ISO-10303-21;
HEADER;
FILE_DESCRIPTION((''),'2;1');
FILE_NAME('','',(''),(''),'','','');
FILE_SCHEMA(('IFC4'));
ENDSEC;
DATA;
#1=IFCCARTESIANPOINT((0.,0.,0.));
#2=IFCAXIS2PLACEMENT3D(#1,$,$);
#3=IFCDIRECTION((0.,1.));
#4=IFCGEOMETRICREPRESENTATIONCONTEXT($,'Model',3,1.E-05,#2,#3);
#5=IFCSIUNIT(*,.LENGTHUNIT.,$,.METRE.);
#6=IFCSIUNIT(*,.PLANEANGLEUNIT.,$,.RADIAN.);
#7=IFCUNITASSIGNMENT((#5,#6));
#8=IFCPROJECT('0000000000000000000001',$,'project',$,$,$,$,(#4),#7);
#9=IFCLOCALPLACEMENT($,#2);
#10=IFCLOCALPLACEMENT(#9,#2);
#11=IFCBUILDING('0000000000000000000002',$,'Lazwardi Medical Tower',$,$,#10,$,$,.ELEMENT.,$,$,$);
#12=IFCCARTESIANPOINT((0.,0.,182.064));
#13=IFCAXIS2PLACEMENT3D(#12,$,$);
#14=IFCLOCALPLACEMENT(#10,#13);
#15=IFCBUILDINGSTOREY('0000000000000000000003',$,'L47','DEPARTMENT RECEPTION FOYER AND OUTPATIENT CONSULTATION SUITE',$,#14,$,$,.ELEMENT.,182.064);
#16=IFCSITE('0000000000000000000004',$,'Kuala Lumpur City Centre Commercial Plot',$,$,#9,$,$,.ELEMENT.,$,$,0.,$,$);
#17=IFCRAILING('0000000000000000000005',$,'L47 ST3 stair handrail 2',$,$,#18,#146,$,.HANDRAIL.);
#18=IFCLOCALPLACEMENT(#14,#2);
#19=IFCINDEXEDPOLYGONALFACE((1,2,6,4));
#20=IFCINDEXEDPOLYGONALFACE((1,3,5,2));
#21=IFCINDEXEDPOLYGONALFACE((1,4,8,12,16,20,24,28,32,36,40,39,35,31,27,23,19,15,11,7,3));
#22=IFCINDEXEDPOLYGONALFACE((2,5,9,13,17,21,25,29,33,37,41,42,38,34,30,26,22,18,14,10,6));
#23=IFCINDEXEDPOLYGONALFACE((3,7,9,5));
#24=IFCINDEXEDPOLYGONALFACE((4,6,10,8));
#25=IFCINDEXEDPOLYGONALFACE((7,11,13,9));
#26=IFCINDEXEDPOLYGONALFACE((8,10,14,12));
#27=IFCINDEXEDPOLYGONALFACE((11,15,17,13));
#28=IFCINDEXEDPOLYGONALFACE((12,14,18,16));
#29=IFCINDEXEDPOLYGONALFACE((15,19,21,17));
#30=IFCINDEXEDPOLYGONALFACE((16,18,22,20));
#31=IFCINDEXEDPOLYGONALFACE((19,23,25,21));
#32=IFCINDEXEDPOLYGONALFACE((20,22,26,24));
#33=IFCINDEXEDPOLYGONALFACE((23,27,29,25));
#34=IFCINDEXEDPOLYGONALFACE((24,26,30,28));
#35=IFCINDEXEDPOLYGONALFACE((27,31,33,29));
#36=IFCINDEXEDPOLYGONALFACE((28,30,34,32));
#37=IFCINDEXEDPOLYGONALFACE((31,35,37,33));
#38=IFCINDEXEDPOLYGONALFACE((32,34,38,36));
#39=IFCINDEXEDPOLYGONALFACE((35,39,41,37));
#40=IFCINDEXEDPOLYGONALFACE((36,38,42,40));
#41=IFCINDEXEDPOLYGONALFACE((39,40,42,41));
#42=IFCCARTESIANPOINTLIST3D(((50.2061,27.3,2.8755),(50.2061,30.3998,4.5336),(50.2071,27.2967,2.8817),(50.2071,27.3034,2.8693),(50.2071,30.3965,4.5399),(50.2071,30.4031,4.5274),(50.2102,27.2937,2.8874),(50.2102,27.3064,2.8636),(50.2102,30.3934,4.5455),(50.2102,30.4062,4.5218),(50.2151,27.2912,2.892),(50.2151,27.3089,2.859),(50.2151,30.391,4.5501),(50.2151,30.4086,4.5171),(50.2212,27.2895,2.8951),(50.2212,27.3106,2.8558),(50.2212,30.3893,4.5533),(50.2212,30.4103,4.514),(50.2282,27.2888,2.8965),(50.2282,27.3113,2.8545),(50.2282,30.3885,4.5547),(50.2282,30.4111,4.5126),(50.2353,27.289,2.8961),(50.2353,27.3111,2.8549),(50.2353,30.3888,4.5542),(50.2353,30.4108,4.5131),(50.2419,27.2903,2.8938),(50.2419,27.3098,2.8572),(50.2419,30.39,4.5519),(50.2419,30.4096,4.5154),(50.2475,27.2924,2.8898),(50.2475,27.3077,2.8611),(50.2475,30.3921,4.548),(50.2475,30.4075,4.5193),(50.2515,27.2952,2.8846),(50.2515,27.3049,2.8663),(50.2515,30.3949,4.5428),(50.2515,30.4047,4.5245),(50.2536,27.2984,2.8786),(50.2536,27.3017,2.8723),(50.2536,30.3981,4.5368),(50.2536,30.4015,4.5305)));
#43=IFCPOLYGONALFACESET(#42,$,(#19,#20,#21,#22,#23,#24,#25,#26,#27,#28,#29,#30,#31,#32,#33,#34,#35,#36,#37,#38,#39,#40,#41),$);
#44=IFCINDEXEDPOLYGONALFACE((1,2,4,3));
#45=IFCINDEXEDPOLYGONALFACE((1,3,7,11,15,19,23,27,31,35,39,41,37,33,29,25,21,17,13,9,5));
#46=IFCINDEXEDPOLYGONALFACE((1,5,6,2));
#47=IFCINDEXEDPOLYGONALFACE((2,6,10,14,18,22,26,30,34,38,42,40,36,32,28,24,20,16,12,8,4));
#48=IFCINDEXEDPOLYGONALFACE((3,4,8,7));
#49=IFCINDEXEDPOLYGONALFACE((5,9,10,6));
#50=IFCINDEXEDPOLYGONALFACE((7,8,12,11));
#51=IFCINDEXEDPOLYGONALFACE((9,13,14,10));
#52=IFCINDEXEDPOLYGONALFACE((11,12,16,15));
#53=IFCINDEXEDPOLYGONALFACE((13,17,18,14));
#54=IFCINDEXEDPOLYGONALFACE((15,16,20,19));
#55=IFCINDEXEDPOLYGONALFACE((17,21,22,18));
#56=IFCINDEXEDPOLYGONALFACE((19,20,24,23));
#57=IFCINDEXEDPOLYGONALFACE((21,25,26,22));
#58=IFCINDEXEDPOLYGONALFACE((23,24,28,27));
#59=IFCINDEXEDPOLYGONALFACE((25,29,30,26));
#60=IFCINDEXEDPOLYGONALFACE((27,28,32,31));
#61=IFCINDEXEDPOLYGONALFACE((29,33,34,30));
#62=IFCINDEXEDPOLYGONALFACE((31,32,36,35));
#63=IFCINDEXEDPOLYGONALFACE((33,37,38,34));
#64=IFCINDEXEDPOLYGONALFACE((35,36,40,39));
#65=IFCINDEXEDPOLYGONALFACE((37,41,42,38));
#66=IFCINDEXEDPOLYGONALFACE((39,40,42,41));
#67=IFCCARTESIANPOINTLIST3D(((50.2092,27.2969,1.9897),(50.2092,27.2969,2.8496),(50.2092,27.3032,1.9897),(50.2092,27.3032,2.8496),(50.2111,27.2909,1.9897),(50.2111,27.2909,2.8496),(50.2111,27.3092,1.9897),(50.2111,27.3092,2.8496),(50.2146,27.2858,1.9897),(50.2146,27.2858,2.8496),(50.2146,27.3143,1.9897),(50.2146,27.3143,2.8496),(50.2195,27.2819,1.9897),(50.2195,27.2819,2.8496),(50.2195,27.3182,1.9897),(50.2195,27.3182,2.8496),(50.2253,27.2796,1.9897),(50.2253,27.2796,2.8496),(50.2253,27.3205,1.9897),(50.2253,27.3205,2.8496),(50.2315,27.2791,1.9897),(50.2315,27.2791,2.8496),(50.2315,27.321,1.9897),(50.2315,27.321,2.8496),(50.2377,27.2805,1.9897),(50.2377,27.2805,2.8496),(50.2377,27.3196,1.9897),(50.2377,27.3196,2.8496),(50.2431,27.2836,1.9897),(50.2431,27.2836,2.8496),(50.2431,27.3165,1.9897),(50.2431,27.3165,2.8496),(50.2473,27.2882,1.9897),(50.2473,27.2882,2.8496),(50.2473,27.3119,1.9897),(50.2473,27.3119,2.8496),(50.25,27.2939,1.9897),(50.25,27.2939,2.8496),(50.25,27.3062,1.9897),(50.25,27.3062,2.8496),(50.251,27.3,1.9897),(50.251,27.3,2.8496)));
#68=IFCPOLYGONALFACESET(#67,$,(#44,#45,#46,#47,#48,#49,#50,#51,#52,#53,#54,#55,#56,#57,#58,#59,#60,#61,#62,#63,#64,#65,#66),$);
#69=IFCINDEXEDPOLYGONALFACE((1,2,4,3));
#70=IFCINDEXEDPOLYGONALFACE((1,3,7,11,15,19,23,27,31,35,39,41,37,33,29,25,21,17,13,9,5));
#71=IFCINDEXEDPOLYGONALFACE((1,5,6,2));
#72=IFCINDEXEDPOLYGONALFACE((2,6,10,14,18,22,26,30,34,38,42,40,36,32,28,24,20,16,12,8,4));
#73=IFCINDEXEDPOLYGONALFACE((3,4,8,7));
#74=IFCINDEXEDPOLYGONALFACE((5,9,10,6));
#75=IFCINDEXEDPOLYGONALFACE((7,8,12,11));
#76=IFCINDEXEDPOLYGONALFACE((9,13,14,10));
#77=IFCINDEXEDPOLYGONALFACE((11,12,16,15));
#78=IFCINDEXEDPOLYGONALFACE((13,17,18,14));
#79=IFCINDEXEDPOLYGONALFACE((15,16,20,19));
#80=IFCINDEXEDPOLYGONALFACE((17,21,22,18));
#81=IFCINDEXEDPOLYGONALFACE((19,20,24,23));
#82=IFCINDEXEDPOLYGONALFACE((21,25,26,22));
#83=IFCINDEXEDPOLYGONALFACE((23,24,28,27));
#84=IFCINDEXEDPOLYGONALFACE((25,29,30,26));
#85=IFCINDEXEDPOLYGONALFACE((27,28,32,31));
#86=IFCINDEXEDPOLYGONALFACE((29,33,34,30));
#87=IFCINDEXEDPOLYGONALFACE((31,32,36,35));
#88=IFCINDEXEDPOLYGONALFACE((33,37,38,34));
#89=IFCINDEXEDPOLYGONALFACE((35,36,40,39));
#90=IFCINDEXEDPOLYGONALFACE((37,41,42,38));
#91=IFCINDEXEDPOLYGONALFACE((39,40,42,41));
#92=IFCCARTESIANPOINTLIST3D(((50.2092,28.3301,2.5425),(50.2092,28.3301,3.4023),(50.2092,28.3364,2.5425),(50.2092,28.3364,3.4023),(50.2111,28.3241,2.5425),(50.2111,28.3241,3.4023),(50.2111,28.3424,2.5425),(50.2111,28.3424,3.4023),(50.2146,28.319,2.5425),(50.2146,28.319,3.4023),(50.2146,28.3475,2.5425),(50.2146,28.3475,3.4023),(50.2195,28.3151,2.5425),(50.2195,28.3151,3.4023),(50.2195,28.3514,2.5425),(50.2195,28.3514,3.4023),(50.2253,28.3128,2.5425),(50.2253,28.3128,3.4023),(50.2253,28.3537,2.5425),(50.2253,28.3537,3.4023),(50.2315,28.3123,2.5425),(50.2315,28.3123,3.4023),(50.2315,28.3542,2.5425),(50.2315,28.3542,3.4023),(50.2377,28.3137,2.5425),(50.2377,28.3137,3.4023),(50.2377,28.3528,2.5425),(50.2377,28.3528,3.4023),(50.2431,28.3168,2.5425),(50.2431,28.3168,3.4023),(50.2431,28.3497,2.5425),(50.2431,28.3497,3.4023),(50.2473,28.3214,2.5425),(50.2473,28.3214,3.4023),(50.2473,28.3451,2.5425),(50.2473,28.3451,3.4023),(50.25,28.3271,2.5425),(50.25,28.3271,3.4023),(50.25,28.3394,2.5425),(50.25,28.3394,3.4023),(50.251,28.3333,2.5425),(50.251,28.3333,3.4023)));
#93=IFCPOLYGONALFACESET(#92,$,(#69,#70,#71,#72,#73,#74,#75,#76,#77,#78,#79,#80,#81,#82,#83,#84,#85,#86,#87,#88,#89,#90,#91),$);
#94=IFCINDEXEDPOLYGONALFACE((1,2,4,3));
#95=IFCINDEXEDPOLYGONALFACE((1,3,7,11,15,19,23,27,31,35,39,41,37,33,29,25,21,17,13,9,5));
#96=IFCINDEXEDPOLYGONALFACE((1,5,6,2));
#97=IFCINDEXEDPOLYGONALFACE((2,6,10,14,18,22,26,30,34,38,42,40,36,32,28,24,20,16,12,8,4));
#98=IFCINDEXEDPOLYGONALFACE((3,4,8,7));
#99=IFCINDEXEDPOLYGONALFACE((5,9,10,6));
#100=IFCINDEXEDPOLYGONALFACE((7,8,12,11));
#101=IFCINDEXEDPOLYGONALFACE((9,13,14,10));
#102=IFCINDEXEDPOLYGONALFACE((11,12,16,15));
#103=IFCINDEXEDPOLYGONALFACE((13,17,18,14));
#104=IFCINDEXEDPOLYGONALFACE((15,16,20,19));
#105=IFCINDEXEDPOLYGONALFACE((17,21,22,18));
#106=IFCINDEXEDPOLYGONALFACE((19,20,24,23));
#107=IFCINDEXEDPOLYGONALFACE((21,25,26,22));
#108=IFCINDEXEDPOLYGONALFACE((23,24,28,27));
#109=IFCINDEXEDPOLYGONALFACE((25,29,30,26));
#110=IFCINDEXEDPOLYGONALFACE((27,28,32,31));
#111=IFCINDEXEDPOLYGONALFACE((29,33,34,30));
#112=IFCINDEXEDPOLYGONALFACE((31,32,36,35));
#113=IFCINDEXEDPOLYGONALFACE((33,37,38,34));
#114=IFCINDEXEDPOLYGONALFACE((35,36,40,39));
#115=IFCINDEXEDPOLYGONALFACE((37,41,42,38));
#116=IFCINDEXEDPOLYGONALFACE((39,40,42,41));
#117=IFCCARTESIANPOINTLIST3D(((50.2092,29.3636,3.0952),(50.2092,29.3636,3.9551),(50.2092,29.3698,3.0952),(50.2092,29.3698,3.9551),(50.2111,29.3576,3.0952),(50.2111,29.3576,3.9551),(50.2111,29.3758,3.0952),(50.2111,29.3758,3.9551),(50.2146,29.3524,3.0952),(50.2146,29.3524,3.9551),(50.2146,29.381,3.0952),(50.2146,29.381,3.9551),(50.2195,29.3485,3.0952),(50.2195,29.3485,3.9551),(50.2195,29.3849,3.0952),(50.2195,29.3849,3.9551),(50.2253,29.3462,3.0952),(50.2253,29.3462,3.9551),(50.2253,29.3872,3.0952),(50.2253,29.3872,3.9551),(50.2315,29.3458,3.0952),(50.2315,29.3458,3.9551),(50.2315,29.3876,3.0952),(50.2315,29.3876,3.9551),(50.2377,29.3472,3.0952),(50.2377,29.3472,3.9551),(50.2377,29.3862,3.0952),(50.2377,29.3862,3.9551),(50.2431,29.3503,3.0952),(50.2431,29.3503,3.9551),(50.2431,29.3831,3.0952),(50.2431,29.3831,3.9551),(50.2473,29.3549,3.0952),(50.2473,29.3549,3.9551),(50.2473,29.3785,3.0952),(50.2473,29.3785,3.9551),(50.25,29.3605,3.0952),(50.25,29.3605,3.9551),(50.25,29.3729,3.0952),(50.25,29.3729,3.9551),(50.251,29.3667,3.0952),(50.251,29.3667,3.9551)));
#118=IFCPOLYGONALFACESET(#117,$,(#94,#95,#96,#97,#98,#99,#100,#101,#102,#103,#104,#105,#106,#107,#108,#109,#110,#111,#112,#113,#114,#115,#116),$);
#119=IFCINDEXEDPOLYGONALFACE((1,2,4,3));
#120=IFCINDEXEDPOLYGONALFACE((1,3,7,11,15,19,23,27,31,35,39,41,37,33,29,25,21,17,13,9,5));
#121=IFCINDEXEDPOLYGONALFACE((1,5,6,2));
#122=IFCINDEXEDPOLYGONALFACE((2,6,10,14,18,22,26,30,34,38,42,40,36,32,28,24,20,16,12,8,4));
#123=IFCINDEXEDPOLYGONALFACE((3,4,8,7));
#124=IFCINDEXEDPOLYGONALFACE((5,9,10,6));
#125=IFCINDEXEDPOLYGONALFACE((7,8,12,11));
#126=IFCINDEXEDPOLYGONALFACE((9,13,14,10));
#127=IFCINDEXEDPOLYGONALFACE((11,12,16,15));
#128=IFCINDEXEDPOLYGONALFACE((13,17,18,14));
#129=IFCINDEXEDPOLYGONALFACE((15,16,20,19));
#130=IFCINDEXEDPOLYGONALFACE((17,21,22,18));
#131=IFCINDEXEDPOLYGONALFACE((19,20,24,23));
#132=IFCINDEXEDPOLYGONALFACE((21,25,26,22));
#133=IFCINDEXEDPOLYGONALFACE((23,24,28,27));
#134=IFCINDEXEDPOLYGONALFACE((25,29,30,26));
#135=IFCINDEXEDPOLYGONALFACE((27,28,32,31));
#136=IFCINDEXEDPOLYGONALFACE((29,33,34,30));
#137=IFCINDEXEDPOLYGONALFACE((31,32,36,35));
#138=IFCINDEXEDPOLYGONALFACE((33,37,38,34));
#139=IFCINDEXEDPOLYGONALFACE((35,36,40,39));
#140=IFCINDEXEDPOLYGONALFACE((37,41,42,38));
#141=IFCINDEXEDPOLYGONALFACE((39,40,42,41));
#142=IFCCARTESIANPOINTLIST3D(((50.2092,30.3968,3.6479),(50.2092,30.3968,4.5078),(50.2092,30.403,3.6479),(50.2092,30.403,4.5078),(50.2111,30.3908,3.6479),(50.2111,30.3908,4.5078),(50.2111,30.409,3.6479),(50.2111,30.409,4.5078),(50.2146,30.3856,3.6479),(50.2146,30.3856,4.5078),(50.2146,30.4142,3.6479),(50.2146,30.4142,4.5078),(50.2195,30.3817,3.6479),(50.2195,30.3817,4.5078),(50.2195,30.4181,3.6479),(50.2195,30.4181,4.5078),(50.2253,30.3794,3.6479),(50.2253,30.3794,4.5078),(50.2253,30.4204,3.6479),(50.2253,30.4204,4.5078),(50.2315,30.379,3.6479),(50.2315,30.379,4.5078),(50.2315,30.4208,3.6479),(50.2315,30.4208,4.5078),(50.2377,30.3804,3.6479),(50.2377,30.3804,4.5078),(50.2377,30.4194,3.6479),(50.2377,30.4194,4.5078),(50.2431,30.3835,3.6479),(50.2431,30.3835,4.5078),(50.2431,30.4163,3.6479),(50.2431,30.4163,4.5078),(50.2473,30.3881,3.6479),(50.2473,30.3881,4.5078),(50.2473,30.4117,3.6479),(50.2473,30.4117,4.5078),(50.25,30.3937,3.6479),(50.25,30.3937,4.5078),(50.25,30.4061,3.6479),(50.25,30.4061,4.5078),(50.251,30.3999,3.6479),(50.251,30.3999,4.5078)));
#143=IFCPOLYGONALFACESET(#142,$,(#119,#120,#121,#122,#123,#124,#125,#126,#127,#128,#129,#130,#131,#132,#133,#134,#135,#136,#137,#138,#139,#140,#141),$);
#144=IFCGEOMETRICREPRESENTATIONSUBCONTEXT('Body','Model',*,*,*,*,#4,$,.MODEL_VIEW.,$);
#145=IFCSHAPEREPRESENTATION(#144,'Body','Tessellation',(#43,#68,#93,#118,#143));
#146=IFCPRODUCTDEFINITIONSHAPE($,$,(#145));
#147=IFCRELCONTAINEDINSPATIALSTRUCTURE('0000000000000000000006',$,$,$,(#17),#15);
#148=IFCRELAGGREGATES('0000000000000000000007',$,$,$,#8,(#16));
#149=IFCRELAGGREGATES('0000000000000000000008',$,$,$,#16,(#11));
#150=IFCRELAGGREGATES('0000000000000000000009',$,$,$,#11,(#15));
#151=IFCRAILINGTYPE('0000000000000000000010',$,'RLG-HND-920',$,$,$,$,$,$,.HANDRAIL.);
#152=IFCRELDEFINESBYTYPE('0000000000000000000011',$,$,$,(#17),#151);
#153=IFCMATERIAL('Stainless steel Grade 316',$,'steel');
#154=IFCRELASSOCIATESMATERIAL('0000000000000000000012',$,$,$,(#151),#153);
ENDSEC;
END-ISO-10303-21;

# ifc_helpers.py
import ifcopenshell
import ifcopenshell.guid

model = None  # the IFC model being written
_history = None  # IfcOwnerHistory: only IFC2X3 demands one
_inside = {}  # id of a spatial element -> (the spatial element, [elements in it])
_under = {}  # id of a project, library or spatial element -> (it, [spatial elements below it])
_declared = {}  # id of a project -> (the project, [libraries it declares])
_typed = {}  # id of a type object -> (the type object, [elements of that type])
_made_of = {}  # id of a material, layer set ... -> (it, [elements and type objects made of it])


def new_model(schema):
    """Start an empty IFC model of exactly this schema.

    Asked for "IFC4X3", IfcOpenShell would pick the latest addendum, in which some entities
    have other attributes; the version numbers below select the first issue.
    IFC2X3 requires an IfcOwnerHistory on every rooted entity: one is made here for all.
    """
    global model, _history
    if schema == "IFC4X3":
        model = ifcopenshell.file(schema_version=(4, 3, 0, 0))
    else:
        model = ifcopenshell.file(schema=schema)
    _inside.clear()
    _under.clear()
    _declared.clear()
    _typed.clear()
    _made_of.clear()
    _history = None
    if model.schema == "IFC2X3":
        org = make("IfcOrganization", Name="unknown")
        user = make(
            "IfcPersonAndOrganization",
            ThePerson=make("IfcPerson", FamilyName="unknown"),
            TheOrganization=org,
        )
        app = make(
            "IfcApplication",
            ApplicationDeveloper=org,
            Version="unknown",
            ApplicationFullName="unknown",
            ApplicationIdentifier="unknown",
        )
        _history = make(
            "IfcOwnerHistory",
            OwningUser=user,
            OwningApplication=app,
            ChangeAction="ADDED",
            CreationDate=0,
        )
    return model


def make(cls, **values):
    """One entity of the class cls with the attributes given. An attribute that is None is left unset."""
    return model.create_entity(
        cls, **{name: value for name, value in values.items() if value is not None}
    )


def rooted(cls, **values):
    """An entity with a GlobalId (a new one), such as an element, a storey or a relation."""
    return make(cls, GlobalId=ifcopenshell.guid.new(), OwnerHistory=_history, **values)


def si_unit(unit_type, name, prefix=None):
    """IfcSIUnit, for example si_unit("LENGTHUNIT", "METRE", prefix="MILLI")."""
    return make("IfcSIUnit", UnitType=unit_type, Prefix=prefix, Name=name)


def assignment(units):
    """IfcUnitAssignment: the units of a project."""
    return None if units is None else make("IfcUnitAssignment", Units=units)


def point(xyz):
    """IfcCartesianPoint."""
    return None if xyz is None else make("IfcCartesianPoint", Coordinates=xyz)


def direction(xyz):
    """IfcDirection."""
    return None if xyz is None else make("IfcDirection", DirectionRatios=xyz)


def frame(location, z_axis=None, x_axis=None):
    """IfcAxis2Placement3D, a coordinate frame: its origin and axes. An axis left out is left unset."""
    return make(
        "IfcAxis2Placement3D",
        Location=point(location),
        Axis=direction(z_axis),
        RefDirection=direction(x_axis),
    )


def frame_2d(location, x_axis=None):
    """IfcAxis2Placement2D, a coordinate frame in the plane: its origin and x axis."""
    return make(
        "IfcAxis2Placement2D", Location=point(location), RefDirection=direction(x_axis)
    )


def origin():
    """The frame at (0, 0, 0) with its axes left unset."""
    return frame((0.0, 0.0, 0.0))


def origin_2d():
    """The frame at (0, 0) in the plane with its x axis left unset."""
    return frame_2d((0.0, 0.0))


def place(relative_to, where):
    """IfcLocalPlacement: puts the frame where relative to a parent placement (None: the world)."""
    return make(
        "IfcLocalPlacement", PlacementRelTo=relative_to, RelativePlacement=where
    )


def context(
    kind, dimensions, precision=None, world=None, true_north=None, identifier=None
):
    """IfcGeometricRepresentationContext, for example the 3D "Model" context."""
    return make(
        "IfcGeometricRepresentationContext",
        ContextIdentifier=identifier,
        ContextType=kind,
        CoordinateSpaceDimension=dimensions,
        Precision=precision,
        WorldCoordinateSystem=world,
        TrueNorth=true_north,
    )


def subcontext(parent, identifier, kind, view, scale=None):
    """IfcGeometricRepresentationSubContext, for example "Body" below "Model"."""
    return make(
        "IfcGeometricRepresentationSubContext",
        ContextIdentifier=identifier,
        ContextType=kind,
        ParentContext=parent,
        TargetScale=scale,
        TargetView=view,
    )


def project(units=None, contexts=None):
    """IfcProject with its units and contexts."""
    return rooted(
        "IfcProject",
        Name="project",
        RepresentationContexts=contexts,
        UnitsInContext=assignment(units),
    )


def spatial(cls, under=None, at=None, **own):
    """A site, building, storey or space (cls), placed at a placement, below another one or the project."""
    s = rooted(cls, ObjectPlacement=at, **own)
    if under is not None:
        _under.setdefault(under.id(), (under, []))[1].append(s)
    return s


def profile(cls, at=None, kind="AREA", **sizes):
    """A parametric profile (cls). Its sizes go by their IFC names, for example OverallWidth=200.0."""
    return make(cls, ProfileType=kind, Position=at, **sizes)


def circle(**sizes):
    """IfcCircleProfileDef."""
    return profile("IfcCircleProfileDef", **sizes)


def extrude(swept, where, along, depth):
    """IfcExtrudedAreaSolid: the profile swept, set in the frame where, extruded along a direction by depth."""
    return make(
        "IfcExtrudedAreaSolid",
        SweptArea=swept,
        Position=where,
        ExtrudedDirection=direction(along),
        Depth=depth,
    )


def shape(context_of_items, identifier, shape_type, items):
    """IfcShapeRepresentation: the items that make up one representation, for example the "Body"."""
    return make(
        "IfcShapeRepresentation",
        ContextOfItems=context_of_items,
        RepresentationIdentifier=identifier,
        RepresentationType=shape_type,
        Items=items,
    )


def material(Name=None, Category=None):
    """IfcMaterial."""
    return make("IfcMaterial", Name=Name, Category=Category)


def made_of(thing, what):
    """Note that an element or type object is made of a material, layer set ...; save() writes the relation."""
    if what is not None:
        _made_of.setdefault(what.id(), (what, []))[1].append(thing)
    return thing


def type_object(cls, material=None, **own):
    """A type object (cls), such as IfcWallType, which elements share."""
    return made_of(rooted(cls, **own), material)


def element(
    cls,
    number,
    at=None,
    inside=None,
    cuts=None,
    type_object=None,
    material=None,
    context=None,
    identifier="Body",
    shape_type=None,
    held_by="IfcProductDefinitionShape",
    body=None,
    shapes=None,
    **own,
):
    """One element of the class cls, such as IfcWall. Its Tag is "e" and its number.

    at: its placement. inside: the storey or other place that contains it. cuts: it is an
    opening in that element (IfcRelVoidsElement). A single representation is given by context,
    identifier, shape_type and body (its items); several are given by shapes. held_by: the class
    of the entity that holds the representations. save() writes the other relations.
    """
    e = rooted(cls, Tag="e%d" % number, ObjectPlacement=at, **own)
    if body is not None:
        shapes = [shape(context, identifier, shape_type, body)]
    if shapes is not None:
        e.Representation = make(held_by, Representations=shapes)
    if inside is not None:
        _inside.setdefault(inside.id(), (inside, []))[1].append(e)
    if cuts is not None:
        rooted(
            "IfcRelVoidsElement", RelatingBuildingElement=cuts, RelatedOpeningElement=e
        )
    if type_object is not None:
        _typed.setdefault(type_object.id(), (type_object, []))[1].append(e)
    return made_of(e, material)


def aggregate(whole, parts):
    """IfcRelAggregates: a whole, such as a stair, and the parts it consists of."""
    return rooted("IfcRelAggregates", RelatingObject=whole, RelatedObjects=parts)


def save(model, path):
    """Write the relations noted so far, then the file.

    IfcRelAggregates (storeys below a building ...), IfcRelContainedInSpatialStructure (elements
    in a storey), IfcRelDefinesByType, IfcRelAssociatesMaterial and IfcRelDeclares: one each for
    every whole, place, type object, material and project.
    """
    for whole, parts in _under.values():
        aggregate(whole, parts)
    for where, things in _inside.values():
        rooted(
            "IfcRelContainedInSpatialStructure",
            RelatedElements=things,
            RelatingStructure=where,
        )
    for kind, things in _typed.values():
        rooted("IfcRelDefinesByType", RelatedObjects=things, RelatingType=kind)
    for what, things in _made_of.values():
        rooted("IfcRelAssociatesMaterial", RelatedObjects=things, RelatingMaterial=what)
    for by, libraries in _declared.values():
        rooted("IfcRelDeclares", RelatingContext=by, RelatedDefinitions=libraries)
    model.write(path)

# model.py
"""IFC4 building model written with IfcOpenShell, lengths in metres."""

from ifc_helpers import new_model, si_unit, direction, frame, origin, origin_2d, place, context, subcontext, project, spatial, circle, extrude, material, type_object, element, save


model = new_model("IFC4")

# Units and contexts
model_context = context("Model", 3, precision=1e-05, world=origin(), true_north=direction((0.0, 1.0)))
body_context = subcontext(model_context, "Body", "Model", "MODEL_VIEW")
ifc_project = project(units=[si_unit("LENGTHUNIT", "METRE"), si_unit("PLANEANGLEUNIT", "RADIAN")], contexts=[model_context])

# Site, building, storey
site_placement = place(None, origin())
site = spatial("IfcSite", under=ifc_project, at=site_placement, Name="Kuala Lumpur City Centre Commercial Plot", CompositionType="ELEMENT", RefElevation=0.0)
building_placement = place(site_placement, origin())
building = spatial("IfcBuilding", under=site, at=building_placement, Name="Lazwardi Medical Tower", CompositionType="ELEMENT")
storey_placement = place(building_placement, frame((0.0, 0.0, 182.064)))
storey = spatial("IfcBuildingStorey", under=building, at=storey_placement, Name="L47", Description="DEPARTMENT RECEPTION FOYER AND OUTPATIENT CONSULTATION SUITE", CompositionType="ELEMENT", Elevation=182.064)

# Railing
ifc_material_1 = material(Name="Stainless steel Grade 316", Category="steel")
railing_type_1 = type_object("IfcRailingType", Name="RLG-HND-920", PredefinedType="HANDRAIL", material=ifc_material_1)
railing_1_placement = place(storey_placement, frame((50.23, 27.3, 1.9897)))
element("IfcRailing", 1, at=railing_1_placement, inside=storey, type_object=railing_type_1, Name="L47 ST3 stair handrail 2", PredefinedType="HANDRAIL", context=body_context, shape_type="SweptSolid", body=[
    extrude(circle(Radius=0.0239, at=origin_2d()), frame((0.0, 0.0, 0.8857), z_axis=(0.0, 0.881768, 0.471684), x_axis=(-1.0, 0.0, 0.0)), (0.0, 0.0, 1.0), 3.5154),
    extrude(circle(Radius=0.021, at=origin_2d()), origin(), (0.0, 0.0, 1.0), 0.8599),
    extrude(circle(Radius=0.021, at=origin_2d()), frame((0.0, 1.0332, 0.5527)), (0.0, 0.0, 1.0), 0.8599),
    extrude(circle(Radius=0.021, at=origin_2d()), frame((0.0, 2.0667, 1.1055)), (0.0, 0.0, 1.0), 0.8599),
    extrude(circle(Radius=0.021, at=origin_2d()), frame((0.0, 3.0999, 1.6582)), (0.0, 0.0, 1.0), 0.8599),
])

save(model, "model.ifc")
